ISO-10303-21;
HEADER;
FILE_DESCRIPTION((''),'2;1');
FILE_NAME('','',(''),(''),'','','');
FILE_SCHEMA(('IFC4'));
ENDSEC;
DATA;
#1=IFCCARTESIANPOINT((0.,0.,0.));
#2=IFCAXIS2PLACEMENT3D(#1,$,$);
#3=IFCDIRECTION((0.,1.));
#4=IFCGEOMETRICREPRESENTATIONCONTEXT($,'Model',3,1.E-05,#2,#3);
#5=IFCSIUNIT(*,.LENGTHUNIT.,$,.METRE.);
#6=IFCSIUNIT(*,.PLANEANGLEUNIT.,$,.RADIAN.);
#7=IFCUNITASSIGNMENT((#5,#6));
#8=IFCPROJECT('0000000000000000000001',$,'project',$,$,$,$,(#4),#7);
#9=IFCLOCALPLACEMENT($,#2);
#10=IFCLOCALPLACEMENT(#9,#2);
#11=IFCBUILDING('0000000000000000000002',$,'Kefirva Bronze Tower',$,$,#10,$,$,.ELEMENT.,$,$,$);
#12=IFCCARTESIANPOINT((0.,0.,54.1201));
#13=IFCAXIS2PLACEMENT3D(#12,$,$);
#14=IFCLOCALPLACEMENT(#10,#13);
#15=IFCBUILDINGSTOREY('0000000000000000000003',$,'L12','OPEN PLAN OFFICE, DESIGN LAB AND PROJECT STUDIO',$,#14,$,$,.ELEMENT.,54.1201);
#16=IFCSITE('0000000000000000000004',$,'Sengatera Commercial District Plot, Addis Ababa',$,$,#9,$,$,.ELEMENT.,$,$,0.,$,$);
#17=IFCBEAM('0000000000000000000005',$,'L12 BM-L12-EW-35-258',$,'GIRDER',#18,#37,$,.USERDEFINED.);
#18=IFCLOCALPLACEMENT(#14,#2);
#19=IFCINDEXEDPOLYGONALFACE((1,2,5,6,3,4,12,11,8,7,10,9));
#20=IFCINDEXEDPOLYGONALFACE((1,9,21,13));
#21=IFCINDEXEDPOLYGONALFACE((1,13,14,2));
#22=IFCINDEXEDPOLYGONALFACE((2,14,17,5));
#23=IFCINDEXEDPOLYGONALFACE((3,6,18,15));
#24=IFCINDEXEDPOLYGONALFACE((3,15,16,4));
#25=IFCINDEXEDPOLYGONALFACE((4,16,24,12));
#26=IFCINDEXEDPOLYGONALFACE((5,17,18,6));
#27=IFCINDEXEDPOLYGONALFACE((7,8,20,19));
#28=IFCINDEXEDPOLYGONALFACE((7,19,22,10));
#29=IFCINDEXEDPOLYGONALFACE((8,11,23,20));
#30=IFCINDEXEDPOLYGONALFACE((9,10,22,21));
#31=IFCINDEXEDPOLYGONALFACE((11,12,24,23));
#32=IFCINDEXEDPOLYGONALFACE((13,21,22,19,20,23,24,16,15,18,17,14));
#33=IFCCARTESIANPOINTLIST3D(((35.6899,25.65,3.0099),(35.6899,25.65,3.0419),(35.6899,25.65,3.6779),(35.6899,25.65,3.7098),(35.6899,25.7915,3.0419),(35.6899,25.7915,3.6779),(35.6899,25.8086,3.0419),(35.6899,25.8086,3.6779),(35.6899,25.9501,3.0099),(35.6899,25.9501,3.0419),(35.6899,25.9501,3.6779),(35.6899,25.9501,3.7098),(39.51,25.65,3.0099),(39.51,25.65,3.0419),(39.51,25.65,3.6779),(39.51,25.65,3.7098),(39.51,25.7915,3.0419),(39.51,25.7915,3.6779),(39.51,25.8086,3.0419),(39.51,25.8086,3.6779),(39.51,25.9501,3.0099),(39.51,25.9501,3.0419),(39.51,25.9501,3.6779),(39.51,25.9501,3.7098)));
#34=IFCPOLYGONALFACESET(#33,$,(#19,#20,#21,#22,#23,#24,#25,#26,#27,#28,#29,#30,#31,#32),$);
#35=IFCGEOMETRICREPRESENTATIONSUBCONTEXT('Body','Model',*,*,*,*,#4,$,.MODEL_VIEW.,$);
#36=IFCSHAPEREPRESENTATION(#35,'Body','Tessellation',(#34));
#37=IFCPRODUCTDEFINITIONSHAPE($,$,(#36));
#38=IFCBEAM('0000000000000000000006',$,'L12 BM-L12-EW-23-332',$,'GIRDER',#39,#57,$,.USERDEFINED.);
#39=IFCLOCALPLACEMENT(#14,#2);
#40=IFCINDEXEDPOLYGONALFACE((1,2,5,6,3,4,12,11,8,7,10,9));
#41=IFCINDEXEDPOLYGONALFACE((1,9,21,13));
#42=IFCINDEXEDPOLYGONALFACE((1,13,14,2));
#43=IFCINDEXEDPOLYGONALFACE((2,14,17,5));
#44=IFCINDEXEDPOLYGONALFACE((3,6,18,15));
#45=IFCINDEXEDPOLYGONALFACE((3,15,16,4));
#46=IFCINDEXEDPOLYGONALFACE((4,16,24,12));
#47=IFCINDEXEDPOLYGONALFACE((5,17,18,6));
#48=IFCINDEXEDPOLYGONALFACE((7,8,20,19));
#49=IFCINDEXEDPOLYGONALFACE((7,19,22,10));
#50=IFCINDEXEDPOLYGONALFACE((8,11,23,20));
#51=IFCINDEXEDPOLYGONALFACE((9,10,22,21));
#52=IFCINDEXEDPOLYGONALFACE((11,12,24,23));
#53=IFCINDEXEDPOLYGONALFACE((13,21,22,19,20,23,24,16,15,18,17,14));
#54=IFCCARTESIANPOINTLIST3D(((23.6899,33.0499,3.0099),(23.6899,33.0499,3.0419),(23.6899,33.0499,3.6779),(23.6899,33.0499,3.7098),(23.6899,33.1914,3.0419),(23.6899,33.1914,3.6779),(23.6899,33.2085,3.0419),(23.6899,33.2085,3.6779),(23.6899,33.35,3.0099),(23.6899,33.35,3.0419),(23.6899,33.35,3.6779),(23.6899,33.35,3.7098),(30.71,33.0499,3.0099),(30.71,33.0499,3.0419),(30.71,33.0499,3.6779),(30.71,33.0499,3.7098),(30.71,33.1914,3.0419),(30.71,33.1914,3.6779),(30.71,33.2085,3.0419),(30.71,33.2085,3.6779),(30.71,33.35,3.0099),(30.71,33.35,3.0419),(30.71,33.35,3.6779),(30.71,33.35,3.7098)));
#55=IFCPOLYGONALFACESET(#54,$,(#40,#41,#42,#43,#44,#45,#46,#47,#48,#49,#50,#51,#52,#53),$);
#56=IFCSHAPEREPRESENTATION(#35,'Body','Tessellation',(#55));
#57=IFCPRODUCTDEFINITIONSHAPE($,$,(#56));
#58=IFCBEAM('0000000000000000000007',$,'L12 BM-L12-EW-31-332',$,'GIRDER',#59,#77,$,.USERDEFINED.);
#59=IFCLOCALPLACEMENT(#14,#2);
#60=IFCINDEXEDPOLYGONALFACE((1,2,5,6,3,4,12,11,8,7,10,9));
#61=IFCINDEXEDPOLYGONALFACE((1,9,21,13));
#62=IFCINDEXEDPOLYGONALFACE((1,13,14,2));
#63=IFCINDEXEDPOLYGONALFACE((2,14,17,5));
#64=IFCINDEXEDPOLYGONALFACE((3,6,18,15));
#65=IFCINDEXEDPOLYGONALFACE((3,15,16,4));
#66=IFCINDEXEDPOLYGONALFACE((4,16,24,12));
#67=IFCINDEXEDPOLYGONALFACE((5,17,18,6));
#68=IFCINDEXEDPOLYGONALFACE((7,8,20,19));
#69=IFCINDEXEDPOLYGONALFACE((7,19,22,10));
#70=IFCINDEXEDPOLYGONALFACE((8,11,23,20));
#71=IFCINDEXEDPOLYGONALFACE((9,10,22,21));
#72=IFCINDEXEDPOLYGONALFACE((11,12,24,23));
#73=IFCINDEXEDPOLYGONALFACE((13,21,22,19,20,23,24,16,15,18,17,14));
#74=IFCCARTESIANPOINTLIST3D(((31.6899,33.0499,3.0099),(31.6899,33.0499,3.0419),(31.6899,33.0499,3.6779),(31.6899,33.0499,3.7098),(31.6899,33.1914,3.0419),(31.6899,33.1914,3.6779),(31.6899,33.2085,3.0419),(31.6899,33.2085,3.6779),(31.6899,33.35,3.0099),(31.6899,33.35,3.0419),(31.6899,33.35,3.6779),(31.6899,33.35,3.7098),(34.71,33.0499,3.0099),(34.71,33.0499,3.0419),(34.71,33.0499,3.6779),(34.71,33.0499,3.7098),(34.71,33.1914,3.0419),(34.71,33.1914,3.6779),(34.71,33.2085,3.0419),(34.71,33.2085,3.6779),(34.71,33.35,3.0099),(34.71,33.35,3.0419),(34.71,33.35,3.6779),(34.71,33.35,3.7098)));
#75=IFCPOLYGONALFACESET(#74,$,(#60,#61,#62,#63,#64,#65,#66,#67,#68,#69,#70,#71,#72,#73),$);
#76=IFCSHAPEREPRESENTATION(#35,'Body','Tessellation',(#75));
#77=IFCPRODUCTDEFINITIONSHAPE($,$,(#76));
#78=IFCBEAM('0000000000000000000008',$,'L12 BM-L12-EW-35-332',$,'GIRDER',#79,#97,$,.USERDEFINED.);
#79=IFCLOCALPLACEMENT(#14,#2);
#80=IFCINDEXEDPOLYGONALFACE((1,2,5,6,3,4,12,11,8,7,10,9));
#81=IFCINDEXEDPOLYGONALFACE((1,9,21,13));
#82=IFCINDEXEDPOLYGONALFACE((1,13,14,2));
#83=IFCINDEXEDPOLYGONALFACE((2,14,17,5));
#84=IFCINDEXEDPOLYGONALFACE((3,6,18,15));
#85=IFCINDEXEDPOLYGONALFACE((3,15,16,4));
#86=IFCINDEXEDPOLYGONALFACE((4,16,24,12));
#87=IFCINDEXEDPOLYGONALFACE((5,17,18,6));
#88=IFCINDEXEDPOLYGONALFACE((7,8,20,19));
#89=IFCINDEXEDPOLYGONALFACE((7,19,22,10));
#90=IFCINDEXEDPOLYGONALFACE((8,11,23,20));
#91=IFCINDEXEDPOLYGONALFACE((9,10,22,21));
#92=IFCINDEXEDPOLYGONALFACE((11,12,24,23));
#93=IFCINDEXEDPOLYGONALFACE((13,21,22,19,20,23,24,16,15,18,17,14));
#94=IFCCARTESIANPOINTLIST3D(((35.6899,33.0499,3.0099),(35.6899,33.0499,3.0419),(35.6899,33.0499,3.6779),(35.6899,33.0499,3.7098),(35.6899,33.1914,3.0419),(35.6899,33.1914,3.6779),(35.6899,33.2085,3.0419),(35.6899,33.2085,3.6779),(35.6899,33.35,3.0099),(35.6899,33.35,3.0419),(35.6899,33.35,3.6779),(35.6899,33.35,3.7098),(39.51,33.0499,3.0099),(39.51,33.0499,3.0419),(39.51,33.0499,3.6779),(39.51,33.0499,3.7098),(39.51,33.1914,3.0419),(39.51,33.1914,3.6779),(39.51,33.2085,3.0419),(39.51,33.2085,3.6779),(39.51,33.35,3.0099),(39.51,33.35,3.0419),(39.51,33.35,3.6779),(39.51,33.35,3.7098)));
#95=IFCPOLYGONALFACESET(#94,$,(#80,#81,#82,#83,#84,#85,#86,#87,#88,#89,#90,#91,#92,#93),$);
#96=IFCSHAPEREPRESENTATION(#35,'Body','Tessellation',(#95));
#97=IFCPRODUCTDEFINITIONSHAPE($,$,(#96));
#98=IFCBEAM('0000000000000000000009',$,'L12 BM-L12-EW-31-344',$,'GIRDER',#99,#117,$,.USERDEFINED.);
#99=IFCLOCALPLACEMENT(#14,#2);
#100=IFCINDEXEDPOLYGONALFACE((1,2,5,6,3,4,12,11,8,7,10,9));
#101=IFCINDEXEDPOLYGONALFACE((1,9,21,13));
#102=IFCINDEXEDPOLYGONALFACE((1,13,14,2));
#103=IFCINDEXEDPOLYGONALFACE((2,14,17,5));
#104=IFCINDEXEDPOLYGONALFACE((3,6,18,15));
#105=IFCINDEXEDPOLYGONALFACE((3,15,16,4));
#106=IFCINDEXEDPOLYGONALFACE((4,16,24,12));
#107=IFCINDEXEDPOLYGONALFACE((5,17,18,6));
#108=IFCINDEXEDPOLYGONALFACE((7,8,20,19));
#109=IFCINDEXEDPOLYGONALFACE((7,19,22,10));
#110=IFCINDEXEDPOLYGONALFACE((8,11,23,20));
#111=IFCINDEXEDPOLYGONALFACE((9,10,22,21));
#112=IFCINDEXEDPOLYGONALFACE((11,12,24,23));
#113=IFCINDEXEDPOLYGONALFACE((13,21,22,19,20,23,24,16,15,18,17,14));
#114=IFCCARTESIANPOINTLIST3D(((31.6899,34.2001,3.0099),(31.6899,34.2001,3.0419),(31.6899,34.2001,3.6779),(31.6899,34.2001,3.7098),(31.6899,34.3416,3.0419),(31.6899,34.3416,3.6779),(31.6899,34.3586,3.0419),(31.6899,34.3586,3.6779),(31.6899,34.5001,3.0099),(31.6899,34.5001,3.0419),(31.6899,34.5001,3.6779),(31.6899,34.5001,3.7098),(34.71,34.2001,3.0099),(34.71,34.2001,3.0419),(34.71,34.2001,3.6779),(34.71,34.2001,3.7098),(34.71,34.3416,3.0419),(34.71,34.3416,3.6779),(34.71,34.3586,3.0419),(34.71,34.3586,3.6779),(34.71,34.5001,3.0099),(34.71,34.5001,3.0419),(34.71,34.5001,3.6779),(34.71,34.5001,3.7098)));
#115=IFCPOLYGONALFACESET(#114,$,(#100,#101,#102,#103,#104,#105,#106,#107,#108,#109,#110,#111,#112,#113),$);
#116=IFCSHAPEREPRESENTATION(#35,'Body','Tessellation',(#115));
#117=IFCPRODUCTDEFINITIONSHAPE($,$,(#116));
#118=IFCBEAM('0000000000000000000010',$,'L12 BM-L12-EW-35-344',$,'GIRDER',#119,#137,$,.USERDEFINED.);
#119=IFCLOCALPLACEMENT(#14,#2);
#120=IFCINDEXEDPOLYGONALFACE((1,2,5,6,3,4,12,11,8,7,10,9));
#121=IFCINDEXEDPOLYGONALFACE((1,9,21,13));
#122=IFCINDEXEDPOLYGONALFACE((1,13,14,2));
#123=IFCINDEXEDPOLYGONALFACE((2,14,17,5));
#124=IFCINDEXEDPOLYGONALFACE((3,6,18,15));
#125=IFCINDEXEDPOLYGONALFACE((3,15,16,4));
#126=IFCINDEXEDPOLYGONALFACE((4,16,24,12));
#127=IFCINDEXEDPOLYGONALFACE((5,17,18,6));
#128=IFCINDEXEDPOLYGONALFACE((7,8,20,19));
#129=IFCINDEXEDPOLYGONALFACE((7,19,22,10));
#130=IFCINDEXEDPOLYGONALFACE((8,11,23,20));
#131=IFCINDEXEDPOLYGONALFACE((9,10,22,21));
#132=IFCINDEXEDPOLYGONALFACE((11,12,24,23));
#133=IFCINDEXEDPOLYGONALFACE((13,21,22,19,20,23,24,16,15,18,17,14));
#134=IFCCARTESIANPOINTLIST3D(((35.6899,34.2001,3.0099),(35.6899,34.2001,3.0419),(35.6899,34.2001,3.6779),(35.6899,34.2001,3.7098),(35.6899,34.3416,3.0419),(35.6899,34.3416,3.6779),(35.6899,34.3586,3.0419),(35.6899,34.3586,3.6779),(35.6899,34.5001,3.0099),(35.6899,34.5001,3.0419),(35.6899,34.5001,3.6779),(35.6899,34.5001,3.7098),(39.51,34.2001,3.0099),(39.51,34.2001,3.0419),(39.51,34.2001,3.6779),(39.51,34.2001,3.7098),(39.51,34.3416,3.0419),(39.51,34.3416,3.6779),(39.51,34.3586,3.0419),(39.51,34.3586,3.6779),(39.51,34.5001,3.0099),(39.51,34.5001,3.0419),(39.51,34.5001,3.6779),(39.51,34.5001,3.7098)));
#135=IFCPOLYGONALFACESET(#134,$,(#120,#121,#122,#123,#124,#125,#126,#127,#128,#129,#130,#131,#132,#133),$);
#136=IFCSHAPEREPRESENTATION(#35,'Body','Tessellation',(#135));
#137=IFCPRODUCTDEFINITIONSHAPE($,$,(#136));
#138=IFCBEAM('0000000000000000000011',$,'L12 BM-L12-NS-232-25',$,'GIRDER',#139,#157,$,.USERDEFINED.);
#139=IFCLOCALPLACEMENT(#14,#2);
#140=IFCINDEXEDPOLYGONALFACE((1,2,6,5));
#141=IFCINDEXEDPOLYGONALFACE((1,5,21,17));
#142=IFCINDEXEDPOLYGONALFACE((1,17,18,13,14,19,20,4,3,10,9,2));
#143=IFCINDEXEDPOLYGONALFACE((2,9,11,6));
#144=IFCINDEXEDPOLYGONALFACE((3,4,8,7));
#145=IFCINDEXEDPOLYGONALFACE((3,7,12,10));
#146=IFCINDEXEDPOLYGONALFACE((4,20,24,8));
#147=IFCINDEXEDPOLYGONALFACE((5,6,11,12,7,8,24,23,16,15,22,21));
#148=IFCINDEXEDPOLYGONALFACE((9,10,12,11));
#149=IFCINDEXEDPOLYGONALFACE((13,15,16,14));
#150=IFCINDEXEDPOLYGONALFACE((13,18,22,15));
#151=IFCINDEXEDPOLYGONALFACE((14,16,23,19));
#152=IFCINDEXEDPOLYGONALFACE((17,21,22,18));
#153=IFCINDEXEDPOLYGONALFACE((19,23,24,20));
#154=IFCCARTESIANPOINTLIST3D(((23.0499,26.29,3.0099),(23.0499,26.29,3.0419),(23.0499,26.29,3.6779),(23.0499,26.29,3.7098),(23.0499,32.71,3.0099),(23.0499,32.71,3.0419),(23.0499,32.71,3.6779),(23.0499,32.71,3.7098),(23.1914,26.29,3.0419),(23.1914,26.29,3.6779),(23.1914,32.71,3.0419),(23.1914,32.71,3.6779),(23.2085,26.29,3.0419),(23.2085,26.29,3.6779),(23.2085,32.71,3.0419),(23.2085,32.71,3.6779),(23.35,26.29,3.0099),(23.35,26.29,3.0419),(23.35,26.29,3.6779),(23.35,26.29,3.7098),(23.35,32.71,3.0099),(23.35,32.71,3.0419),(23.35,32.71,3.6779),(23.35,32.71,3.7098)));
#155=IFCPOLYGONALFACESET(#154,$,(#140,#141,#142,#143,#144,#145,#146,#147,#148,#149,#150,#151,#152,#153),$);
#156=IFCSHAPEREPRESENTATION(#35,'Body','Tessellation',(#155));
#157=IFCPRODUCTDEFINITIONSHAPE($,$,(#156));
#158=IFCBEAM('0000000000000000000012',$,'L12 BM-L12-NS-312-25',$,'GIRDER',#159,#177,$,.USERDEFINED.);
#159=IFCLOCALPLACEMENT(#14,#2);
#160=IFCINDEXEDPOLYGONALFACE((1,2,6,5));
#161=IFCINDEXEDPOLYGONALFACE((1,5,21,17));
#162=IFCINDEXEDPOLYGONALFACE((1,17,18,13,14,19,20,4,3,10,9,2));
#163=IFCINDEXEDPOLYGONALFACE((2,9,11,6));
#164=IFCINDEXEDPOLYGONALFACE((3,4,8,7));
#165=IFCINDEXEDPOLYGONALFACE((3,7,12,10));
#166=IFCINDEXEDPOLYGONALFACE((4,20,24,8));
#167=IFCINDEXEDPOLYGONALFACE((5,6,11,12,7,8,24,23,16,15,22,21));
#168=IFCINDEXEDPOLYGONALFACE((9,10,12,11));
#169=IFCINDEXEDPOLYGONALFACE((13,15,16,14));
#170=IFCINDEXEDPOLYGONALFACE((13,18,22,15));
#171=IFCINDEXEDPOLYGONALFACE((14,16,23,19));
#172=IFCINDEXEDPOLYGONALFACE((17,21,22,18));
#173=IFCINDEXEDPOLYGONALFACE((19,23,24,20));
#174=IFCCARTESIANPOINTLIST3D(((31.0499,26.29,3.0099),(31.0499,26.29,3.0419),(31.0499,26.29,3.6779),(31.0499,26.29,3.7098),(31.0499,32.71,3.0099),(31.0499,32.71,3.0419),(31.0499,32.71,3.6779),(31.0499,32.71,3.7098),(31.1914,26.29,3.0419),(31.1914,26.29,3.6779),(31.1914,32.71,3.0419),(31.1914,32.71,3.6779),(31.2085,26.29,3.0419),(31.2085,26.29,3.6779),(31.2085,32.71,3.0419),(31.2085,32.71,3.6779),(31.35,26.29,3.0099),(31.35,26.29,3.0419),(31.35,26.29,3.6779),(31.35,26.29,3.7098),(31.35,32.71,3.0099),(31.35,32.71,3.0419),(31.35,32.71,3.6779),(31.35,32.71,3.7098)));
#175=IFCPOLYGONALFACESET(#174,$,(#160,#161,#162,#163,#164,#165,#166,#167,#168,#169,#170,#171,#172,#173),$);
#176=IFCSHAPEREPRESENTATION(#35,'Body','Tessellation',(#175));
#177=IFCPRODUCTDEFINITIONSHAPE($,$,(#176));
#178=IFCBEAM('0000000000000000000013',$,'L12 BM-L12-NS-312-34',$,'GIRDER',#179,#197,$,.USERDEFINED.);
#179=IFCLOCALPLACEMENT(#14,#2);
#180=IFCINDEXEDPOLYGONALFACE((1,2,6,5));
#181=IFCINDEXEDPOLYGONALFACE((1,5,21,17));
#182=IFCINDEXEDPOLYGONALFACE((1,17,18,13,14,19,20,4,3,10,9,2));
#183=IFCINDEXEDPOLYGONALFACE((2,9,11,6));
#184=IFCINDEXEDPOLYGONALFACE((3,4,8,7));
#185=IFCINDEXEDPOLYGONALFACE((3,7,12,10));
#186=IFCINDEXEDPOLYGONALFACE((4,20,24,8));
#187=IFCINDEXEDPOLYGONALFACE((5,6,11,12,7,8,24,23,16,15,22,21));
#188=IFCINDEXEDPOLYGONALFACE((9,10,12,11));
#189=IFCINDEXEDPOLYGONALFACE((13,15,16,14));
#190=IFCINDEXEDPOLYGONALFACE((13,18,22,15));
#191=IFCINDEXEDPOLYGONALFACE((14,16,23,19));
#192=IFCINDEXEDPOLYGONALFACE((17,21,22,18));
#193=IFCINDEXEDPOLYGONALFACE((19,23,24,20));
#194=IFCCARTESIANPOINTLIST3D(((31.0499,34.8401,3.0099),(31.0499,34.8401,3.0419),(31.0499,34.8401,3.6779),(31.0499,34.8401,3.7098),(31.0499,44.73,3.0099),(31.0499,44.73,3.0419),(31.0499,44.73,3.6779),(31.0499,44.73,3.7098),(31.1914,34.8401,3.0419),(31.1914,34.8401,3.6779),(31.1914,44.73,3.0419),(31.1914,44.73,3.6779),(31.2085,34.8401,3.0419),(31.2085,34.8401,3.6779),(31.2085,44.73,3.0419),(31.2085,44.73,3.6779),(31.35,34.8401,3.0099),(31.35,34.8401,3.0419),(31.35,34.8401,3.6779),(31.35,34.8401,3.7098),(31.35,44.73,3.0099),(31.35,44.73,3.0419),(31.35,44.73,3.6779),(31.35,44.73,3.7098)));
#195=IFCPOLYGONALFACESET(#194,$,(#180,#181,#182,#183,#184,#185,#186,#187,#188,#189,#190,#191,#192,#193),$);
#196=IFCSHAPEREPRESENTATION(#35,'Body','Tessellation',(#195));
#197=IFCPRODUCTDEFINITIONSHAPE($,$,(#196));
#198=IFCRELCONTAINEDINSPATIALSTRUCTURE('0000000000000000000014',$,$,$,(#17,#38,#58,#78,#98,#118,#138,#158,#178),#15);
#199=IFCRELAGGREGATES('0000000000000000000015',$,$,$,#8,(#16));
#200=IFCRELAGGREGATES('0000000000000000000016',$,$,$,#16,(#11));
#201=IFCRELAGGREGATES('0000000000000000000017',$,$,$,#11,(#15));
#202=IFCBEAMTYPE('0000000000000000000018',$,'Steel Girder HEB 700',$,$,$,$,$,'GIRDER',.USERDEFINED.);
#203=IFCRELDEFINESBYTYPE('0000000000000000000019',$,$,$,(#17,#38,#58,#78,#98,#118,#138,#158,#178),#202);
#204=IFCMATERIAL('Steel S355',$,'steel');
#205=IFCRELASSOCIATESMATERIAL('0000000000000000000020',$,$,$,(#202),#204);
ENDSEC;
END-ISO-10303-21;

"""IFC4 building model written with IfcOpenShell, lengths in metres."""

from ifc_helpers import new_model, si_unit, direction, frame, origin, origin_2d, place, context, subcontext, project, spatial, i_section, extrude, material, material_profile, profile_set, type_object, element, save


model = new_model("IFC4")

# Units and contexts
model_context = context("Model", 3, precision=1e-05, world=origin(), true_north=direction((0.0, 1.0)))
body_context = subcontext(model_context, "Body", "Model", "MODEL_VIEW")
ifc_project = project(units=[si_unit("LENGTHUNIT", "METRE"), si_unit("PLANEANGLEUNIT", "RADIAN")], contexts=[model_context])

# Site, building, storey
site_placement = place(None, origin())
site = spatial("IfcSite", under=ifc_project, at=site_placement, Name="Sengatera Commercial District Plot, Addis Ababa", CompositionType="ELEMENT", RefElevation=0.0)
building_placement = place(site_placement, origin())
building = spatial("IfcBuilding", under=site, at=building_placement, Name="Kefirva Bronze Tower", CompositionType="ELEMENT")
storey_placement = place(building_placement, frame((0.0, 0.0, 54.1201)))
storey = spatial("IfcBuildingStorey", under=building, at=storey_placement, Name="L12", Description="OPEN PLAN OFFICE, DESIGN LAB AND PROJECT STUDIO", CompositionType="ELEMENT", Elevation=54.1201)

# Beams
ifc_material_1 = material(Name="Steel S355", Category="steel")
ifc_material_profile_1 = material_profile(ifc_material_1, i_section(OverallWidth=0.3, OverallDepth=0.7, WebThickness=0.0171, FlangeThickness=0.032, at=origin_2d()), Name="HEB 700")
ifc_profile_set_1 = profile_set([ifc_material_profile_1], Name="Steel S355")
beam_type_1 = type_object("IfcBeamType", Name="Steel Girder HEB 700", ElementType="GIRDER", PredefinedType="USERDEFINED", material=ifc_profile_set_1)
beam_1_placement = place(storey_placement, frame((35.6899, 25.8, 3.3599), z_axis=(1.0, 0.0, 0.0), x_axis=(0.0, 1.0, 0.0)))
element("IfcBeam", 1, at=beam_1_placement, inside=storey, type_object=beam_type_1, Name="L12 BM-L12-EW-35-258", ObjectType="GIRDER", PredefinedType="USERDEFINED", context=body_context, shape_type="SweptSolid", body=[
    extrude(i_section(OverallWidth=0.3, OverallDepth=0.7, WebThickness=0.0171, FlangeThickness=0.032, at=origin_2d()), origin(), (0.0, 0.0, 1.0), 3.8201),
])
beam_2_placement = place(storey_placement, frame((23.6899, 33.2, 3.3599), z_axis=(1.0, 0.0, 0.0), x_axis=(0.0, 1.0, 0.0)))
element("IfcBeam", 2, at=beam_2_placement, inside=storey, type_object=beam_type_1, Name="L12 BM-L12-EW-23-332", ObjectType="GIRDER", PredefinedType="USERDEFINED", context=body_context, shape_type="SweptSolid", body=[
    extrude(i_section(OverallWidth=0.3, OverallDepth=0.7, WebThickness=0.0171, FlangeThickness=0.032, at=origin_2d()), origin(), (0.0, 0.0, 1.0), 7.02),
])
beam_3_placement = place(storey_placement, frame((31.6899, 33.2, 3.3599), z_axis=(1.0, 0.0, 0.0), x_axis=(0.0, 1.0, 0.0)))
element("IfcBeam", 3, at=beam_3_placement, inside=storey, type_object=beam_type_1, Name="L12 BM-L12-EW-31-332", ObjectType="GIRDER", PredefinedType="USERDEFINED", context=body_context, shape_type="SweptSolid", body=[
    extrude(i_section(OverallWidth=0.3, OverallDepth=0.7, WebThickness=0.0171, FlangeThickness=0.032, at=origin_2d()), origin(), (0.0, 0.0, 1.0), 3.02),
])
beam_4_placement = place(storey_placement, frame((35.6899, 33.2, 3.3599), z_axis=(1.0, 0.0, 0.0), x_axis=(0.0, 1.0, 0.0)))
element("IfcBeam", 4, at=beam_4_placement, inside=storey, type_object=beam_type_1, Name="L12 BM-L12-EW-35-332", ObjectType="GIRDER", PredefinedType="USERDEFINED", context=body_context, shape_type="SweptSolid", body=[
    extrude(i_section(OverallWidth=0.3, OverallDepth=0.7, WebThickness=0.0171, FlangeThickness=0.032, at=origin_2d()), origin(), (0.0, 0.0, 1.0), 3.8201),
])
beam_5_placement = place(storey_placement, frame((31.6899, 34.3501, 3.3599), z_axis=(1.0, 0.0, 0.0), x_axis=(0.0, 1.0, 0.0)))
element("IfcBeam", 5, at=beam_5_placement, inside=storey, type_object=beam_type_1, Name="L12 BM-L12-EW-31-344", ObjectType="GIRDER", PredefinedType="USERDEFINED", context=body_context, shape_type="SweptSolid", body=[
    extrude(i_section(OverallWidth=0.3, OverallDepth=0.7, WebThickness=0.0171, FlangeThickness=0.032, at=origin_2d()), origin(), (0.0, 0.0, 1.0), 3.02),
])
beam_6_placement = place(storey_placement, frame((35.6899, 34.3501, 3.3599), z_axis=(1.0, 0.0, 0.0), x_axis=(0.0, 1.0, 0.0)))
element("IfcBeam", 6, at=beam_6_placement, inside=storey, type_object=beam_type_1, Name="L12 BM-L12-EW-35-344", ObjectType="GIRDER", PredefinedType="USERDEFINED", context=body_context, shape_type="SweptSolid", body=[
    extrude(i_section(OverallWidth=0.3, OverallDepth=0.7, WebThickness=0.0171, FlangeThickness=0.032, at=origin_2d()), origin(), (0.0, 0.0, 1.0), 3.8201),
])
for number, where, z_axis, x_axis, name in (
    (7, (23.2, 26.29, 3.3599), (0.0, 1.0, 0.0), (-1.0, 0.0, 0.0), "L12 BM-L12-NS-232-25"),
    (8, (31.2, 26.29, 3.3599), (0.0, 1.0, 0.0), (-1.0, 0.0, 0.0), "L12 BM-L12-NS-312-25"),
):
    element("IfcBeam", number, at=place(storey_placement, frame(where, z_axis=z_axis, x_axis=x_axis)), inside=storey, type_object=beam_type_1, Name=name, ObjectType="GIRDER", PredefinedType="USERDEFINED", context=body_context, shape_type="SweptSolid", body=[
        extrude(i_section(OverallWidth=0.3, OverallDepth=0.7, WebThickness=0.0171, FlangeThickness=0.032, at=origin_2d()), origin(), (0.0, 0.0, 1.0), 6.4199),
    ])
beam_7_placement = place(storey_placement, frame((31.2, 34.8401, 3.3599), z_axis=(0.0, 1.0, 0.0), x_axis=(-1.0, 0.0, 0.0)))
element("IfcBeam", 9, at=beam_7_placement, inside=storey, type_object=beam_type_1, Name="L12 BM-L12-NS-312-34", ObjectType="GIRDER", PredefinedType="USERDEFINED", context=body_context, shape_type="SweptSolid", body=[
    extrude(i_section(OverallWidth=0.3, OverallDepth=0.7, WebThickness=0.0171, FlangeThickness=0.032, at=origin_2d()), origin(), (0.0, 0.0, 1.0), 9.8899),
])

save(model, "model.ifc")
